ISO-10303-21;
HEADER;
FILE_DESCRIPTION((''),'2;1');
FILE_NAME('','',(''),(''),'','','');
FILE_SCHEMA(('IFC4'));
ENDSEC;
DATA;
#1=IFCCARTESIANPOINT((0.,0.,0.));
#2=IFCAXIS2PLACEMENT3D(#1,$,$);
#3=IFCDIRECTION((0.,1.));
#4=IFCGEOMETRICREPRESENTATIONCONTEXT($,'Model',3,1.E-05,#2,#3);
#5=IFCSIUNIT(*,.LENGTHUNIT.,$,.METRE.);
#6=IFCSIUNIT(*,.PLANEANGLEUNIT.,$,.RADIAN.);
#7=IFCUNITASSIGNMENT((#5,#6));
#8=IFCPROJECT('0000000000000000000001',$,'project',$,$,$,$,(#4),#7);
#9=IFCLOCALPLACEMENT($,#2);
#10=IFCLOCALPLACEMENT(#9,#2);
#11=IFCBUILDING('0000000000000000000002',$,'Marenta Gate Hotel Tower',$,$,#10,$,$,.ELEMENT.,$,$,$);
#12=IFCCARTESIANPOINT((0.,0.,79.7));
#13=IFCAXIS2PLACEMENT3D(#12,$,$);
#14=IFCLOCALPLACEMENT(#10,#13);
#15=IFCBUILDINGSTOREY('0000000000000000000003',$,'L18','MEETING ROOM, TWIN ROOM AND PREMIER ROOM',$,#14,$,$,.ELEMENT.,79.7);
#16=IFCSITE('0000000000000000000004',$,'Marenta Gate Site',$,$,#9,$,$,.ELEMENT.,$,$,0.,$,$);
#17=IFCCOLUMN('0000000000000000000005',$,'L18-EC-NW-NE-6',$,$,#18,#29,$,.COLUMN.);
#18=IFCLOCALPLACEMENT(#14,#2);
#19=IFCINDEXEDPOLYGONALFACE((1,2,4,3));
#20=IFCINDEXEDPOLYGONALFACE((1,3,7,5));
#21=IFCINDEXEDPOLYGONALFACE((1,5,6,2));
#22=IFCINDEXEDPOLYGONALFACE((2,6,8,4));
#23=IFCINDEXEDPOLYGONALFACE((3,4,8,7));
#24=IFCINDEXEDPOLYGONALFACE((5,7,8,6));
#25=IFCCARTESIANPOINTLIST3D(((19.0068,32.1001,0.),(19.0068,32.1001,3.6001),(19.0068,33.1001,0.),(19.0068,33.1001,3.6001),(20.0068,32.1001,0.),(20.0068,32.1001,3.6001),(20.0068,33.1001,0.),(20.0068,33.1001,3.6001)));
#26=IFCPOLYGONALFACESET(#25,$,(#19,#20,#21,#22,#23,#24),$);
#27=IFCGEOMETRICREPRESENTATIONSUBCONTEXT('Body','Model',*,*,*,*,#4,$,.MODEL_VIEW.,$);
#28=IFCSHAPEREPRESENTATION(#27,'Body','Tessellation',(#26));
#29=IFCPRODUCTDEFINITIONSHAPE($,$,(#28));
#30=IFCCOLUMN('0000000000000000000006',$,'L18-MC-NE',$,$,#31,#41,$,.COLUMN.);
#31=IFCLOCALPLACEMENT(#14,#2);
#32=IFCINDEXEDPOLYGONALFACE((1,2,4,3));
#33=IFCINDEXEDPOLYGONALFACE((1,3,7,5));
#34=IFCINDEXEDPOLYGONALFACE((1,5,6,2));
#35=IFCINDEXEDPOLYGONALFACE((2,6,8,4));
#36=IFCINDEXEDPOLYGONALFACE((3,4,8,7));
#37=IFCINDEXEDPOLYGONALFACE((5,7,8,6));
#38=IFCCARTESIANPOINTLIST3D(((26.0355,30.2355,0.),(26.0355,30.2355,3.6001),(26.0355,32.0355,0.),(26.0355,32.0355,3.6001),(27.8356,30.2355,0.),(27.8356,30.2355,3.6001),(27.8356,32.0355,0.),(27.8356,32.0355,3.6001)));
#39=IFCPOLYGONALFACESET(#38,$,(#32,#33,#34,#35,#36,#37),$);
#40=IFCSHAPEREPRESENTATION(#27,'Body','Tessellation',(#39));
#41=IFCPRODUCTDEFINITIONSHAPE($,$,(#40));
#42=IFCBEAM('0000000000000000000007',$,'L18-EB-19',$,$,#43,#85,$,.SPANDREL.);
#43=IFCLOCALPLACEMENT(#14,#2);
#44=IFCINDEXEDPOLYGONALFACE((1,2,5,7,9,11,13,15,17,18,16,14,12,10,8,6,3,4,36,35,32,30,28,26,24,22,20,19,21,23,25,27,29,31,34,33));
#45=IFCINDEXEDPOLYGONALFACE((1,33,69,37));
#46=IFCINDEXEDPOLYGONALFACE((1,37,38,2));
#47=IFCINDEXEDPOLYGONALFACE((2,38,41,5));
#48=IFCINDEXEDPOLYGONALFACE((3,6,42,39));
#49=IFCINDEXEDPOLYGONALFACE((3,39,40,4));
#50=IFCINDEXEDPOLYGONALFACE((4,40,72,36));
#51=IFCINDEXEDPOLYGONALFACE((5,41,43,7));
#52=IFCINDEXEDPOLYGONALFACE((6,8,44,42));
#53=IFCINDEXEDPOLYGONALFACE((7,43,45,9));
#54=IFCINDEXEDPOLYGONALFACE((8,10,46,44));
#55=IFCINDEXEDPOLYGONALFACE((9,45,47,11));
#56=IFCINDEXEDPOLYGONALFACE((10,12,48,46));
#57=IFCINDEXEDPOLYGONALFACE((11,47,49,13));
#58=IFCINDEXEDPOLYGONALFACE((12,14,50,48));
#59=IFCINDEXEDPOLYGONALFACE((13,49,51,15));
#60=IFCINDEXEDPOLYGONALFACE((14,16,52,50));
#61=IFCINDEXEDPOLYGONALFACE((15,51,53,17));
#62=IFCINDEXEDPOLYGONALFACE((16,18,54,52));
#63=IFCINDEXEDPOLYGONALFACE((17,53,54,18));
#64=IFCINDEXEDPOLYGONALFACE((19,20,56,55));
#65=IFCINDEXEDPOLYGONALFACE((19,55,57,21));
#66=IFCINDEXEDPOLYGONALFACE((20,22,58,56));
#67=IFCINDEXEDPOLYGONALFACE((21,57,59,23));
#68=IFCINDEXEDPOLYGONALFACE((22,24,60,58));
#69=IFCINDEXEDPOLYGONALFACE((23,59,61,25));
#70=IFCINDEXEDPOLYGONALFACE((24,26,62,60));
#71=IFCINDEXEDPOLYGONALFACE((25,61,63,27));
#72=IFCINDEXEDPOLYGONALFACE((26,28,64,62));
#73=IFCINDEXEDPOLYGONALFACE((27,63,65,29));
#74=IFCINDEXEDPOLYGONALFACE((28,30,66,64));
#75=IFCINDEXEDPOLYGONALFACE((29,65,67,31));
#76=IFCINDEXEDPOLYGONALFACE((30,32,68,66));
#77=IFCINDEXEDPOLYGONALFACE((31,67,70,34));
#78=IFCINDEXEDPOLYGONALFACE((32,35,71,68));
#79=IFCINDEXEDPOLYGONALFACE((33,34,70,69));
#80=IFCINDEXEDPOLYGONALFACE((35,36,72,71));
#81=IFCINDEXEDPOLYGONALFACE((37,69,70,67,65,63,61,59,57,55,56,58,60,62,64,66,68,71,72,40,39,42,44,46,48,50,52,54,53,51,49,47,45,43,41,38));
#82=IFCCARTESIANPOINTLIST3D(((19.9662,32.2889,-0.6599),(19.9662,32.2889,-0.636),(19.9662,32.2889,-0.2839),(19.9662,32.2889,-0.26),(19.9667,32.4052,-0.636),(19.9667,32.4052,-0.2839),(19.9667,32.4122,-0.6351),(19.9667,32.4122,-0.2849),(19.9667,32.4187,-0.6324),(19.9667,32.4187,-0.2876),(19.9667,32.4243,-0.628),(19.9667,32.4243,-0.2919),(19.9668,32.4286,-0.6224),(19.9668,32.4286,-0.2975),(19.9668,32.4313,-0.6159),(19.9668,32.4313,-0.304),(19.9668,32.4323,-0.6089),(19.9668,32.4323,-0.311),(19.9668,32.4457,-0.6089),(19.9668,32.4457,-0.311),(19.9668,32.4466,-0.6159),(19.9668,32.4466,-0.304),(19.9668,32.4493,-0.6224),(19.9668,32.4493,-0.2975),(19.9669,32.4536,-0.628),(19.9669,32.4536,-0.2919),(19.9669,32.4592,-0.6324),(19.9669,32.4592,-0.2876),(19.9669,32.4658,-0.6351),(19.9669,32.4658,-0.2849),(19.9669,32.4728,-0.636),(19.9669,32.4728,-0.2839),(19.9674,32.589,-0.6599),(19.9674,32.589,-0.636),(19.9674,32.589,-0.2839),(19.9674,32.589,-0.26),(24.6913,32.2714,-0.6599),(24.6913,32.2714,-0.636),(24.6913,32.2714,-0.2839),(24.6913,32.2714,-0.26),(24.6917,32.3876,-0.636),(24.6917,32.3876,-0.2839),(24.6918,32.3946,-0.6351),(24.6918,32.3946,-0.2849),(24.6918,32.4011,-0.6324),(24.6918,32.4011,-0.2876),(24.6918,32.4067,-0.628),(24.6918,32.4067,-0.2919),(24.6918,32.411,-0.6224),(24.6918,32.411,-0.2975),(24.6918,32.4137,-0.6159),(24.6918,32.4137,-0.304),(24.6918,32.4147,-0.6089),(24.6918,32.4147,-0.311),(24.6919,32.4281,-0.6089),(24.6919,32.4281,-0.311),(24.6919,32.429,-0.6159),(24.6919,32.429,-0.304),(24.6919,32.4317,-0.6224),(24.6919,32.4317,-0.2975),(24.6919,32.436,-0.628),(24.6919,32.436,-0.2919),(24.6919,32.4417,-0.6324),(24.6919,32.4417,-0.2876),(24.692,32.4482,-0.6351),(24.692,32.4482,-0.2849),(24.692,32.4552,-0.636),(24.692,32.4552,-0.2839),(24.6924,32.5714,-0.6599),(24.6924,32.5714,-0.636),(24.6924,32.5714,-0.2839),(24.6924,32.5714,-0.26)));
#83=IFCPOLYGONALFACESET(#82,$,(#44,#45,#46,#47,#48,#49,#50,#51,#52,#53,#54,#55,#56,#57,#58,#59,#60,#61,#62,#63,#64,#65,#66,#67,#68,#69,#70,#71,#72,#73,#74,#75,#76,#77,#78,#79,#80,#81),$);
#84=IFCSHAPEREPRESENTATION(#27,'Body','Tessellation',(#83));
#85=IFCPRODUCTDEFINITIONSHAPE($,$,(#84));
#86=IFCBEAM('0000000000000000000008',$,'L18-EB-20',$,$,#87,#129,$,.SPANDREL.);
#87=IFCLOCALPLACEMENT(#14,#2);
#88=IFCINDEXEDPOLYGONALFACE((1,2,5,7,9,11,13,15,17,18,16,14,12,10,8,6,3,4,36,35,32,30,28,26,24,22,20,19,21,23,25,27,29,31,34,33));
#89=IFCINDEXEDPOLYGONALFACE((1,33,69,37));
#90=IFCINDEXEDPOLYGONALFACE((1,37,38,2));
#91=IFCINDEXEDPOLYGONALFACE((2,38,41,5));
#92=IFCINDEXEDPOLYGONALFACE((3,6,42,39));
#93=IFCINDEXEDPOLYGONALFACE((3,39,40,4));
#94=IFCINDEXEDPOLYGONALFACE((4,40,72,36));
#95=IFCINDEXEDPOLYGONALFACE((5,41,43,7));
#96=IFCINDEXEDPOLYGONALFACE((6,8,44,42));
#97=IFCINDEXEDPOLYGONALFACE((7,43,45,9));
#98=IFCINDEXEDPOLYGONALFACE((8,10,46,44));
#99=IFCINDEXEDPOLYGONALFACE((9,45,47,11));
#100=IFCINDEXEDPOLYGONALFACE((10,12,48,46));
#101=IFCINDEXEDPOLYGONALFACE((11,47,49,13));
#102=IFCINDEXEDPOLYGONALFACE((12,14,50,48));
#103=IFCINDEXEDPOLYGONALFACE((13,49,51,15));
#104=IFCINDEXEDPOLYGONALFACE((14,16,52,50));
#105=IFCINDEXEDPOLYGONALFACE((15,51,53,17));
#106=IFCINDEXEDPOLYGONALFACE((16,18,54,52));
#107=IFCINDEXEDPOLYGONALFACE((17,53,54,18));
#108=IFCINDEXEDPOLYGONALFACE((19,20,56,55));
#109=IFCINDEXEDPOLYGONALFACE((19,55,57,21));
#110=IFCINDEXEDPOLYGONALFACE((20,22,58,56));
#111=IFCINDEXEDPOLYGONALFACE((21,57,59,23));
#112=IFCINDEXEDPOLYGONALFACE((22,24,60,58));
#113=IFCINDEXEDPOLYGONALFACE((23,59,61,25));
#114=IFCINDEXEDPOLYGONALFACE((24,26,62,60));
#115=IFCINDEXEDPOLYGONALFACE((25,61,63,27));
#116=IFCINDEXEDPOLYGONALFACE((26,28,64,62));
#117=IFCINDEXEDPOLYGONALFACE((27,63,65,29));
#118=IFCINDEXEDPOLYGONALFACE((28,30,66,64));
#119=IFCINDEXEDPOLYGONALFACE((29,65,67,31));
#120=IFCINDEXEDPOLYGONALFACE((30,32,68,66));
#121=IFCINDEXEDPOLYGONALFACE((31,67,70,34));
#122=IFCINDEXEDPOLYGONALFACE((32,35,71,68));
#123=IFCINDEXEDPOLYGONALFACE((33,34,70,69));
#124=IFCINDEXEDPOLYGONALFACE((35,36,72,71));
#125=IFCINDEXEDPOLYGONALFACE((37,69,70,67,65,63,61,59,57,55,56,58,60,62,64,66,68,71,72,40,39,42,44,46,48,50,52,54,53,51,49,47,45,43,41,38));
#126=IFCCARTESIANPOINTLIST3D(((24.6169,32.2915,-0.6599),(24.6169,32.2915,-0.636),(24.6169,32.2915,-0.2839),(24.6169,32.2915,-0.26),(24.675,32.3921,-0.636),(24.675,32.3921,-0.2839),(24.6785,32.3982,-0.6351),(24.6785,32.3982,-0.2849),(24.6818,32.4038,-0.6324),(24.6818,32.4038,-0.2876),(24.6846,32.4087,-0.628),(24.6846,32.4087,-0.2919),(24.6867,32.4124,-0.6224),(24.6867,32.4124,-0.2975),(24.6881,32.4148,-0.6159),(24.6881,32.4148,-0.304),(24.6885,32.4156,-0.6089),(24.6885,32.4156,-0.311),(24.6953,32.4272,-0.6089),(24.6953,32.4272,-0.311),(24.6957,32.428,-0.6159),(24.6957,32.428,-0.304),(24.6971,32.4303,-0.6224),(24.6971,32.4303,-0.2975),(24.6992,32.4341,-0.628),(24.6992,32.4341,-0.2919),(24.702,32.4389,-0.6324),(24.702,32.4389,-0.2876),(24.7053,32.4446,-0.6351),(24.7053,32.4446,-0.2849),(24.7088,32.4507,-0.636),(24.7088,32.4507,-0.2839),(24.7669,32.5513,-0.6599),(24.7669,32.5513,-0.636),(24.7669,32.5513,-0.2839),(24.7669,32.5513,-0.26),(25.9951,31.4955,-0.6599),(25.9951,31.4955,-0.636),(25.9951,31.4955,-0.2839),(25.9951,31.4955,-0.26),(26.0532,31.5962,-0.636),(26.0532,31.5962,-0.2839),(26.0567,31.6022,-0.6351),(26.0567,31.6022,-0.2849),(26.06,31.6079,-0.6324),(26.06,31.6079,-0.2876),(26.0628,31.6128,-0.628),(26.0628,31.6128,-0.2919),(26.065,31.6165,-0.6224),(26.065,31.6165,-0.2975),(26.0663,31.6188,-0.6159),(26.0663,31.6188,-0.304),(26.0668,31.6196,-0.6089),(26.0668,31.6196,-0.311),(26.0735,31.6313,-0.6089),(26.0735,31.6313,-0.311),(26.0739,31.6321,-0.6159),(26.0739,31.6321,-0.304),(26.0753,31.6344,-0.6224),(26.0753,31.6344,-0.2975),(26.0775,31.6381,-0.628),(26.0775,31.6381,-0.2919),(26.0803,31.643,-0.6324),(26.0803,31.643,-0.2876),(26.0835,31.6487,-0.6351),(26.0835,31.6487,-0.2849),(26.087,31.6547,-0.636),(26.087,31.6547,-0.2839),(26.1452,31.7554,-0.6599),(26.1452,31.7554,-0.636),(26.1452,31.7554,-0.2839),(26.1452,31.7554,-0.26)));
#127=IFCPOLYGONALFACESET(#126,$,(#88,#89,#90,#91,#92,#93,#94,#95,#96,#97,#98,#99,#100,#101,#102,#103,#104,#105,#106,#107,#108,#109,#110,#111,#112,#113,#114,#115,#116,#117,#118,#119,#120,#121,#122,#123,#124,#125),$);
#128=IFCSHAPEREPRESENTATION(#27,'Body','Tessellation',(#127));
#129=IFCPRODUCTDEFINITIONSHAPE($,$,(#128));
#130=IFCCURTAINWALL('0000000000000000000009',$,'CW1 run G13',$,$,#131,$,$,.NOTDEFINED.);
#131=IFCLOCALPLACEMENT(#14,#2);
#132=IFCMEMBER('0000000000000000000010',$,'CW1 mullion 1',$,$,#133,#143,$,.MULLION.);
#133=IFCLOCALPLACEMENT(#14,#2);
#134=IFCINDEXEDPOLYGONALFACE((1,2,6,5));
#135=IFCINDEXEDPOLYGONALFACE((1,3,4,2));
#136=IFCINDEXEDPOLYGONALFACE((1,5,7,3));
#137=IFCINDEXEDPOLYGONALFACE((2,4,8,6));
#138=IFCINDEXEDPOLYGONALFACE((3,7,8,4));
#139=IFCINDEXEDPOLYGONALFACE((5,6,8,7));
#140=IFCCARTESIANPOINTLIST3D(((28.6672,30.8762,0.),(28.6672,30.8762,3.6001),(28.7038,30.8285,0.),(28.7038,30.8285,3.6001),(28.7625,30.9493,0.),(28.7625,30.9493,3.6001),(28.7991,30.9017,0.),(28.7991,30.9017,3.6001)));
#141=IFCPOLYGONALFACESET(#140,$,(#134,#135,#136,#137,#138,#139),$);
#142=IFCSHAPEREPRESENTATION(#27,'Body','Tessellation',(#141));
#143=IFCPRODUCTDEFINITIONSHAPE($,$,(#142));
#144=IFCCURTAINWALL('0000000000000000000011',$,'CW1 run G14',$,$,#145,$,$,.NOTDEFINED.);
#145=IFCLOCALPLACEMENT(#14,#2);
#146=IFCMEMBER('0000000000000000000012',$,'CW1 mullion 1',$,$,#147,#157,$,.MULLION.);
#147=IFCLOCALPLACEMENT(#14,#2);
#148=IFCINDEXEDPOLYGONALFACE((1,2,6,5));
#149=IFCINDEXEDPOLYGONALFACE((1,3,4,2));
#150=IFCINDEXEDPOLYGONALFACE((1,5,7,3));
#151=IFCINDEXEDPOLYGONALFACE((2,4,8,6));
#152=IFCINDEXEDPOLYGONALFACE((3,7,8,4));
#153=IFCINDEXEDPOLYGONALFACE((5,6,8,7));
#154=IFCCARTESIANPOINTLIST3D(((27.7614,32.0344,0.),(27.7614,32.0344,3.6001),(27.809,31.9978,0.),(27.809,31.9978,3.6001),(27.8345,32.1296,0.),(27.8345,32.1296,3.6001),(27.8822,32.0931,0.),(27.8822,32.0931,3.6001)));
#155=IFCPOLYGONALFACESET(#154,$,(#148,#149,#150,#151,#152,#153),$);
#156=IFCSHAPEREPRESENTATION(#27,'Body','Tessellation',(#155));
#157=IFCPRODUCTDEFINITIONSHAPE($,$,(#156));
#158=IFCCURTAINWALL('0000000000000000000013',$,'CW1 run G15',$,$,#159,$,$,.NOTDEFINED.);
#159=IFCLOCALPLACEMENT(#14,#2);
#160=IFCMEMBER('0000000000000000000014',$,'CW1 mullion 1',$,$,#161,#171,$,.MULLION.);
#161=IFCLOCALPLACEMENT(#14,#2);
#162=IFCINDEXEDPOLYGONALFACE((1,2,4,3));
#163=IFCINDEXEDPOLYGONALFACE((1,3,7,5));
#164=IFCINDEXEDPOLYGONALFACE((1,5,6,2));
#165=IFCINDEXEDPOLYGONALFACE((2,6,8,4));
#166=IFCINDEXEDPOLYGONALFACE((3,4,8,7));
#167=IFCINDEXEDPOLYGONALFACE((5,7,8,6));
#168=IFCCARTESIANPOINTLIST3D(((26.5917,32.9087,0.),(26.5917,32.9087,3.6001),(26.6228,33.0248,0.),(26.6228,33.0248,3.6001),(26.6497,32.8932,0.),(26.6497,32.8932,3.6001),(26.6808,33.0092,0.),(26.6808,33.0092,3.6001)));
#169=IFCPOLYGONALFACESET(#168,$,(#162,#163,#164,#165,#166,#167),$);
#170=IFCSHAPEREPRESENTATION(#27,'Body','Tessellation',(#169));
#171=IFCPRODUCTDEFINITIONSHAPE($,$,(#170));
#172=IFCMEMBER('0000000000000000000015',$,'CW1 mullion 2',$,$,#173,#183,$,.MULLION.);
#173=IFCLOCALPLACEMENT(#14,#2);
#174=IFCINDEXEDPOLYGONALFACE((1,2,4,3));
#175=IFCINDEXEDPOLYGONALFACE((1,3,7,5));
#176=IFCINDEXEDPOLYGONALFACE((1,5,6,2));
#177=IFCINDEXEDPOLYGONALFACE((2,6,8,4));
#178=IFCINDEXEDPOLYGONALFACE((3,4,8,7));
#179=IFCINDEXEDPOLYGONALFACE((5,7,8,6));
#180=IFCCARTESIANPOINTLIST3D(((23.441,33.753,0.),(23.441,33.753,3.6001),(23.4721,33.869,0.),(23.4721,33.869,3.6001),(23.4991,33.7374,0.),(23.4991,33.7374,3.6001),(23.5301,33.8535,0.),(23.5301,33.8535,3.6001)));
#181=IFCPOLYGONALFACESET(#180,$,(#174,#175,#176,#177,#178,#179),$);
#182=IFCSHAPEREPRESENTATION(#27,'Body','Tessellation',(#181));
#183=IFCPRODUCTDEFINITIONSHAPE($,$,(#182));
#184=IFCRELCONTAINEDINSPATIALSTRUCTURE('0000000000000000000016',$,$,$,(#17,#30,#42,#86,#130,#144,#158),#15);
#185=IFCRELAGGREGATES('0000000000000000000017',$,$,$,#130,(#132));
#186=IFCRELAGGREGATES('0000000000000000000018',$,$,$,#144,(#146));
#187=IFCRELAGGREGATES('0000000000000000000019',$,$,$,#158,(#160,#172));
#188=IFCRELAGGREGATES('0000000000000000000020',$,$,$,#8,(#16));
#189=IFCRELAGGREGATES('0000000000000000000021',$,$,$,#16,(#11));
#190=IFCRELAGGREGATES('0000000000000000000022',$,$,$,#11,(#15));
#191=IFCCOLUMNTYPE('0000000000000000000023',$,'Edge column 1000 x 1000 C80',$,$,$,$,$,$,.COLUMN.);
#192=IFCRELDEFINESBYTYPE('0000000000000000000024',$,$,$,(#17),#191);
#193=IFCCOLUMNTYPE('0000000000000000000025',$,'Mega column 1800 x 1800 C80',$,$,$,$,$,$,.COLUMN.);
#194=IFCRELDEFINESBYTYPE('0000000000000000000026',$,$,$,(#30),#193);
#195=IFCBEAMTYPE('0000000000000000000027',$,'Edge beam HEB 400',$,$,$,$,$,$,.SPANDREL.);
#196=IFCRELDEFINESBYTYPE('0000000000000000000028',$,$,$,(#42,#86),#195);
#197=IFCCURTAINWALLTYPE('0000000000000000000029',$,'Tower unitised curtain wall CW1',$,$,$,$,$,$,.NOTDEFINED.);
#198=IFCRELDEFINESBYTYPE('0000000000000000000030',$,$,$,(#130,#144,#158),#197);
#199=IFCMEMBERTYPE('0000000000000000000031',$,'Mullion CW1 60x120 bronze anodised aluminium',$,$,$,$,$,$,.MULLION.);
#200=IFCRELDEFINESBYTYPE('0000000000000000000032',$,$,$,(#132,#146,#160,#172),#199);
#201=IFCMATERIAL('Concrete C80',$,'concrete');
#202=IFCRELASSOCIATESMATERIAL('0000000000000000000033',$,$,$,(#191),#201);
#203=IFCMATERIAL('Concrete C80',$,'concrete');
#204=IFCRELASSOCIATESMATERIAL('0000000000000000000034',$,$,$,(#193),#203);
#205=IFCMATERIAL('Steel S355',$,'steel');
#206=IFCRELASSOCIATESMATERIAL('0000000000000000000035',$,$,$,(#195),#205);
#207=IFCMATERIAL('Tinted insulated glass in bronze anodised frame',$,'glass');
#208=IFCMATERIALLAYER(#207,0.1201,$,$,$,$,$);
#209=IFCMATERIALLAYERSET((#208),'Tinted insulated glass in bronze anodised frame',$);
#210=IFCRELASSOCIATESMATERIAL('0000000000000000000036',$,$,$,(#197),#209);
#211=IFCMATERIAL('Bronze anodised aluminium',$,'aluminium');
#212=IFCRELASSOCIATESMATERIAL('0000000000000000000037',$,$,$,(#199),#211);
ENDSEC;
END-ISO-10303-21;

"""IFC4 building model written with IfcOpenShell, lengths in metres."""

from ifc_helpers import new_model, si_unit, direction, frame, origin, origin_2d, place, context, subcontext, project, spatial, rectangle, i_section, extrude, material, layer, layer_set, material_profile, profile_set, type_object, element, aggregate, save


model = new_model("IFC4")

# Units and contexts
model_context = context("Model", 3, precision=1e-05, world=origin(), true_north=direction((0.0, 1.0)))
body_context = subcontext(model_context, "Body", "Model", "MODEL_VIEW")
ifc_project = project(units=[si_unit("LENGTHUNIT", "METRE"), si_unit("PLANEANGLEUNIT", "RADIAN")], contexts=[model_context])

# Site, building, storey
site_placement = place(None, origin())
site = spatial("IfcSite", under=ifc_project, at=site_placement, Name="Marenta Gate Site", CompositionType="ELEMENT", RefElevation=0.0)
building_placement = place(site_placement, origin())
building = spatial("IfcBuilding", under=site, at=building_placement, Name="Marenta Gate Hotel Tower", CompositionType="ELEMENT")
storey_placement = place(building_placement, frame((0.0, 0.0, 79.7)))
storey = spatial("IfcBuildingStorey", under=building, at=storey_placement, Name="L18", Description="MEETING ROOM, TWIN ROOM AND PREMIER ROOM", CompositionType="ELEMENT", Elevation=79.7)

# Columns
ifc_material_1 = material(Name="Concrete C80", Category="concrete")
ifc_material_profile_1 = material_profile(ifc_material_1, rectangle(XDim=1.0, YDim=1.0, at=origin_2d()), Name="1000 x 1000")
ifc_profile_set_1 = profile_set([ifc_material_profile_1], Name="Concrete C80")
column_type_1 = type_object("IfcColumnType", Name="Edge column 1000 x 1000 C80", PredefinedType="COLUMN", material=ifc_profile_set_1)
column_1_placement = place(storey_placement, frame((19.5068, 32.6001, 0.0), z_axis=(0.0, 0.0, 1.0), x_axis=(1.0, 0.0, 0.0)))
element("IfcColumn", 1, at=column_1_placement, inside=storey, type_object=column_type_1, Name="L18-EC-NW-NE-6", PredefinedType="COLUMN", context=body_context, shape_type="SweptSolid", body=[
    extrude(rectangle(XDim=1.0, YDim=1.0, at=origin_2d()), origin(), (0.0, 0.0, 1.0), 3.6001),
])
ifc_material_2 = material(Name="Concrete C80", Category="concrete")
ifc_material_profile_2 = material_profile(ifc_material_2, rectangle(XDim=1.8, YDim=1.8, at=origin_2d()), Name="1800 x 1800")
ifc_profile_set_2 = profile_set([ifc_material_profile_2], Name="Concrete C80")
column_type_2 = type_object("IfcColumnType", Name="Mega column 1800 x 1800 C80", PredefinedType="COLUMN", material=ifc_profile_set_2)
column_2_placement = place(storey_placement, frame((26.9355, 31.1355, 0.0), z_axis=(0.0, 0.0, 1.0), x_axis=(1.0, 0.0, 0.0)))
element("IfcColumn", 2, at=column_2_placement, inside=storey, type_object=column_type_2, Name="L18-MC-NE", PredefinedType="COLUMN", context=body_context, shape_type="SweptSolid", body=[
    extrude(rectangle(XDim=1.8, YDim=1.8, at=origin_2d()), origin(), (0.0, 0.0, 1.0), 3.6001),
])

# Beams
ifc_material_3 = material(Name="Steel S355", Category="steel")
ifc_material_profile_3 = material_profile(ifc_material_3, i_section(OverallWidth=0.3, OverallDepth=0.3999, WebThickness=0.0134, FlangeThickness=0.0239, FilletRadius=0.0271, at=origin_2d()), Name="HEB 400")
ifc_profile_set_3 = profile_set([ifc_material_profile_3], Name="Steel S355")
beam_type = type_object("IfcBeamType", Name="Edge beam HEB 400", PredefinedType="SPANDREL", material=ifc_profile_set_3)
beam_1_placement = place(storey_placement, frame((19.9668, 32.439, -0.46), z_axis=(0.999993, -0.00372, 0.0), x_axis=(0.00372, 0.999993, 0.0)))
element("IfcBeam", 3, at=beam_1_placement, inside=storey, type_object=beam_type, Name="L18-EB-19", PredefinedType="SPANDREL", context=body_context, shape_type="SweptSolid", body=[
    extrude(i_section(OverallWidth=0.3, OverallDepth=0.3999, WebThickness=0.0134, FlangeThickness=0.0239, FilletRadius=0.0271, at=origin_2d()), origin(), (0.0, 0.0, 1.0), 4.7251),
])
beam_2_placement = place(storey_placement, frame((24.6919, 32.4214, -0.46), z_axis=(0.865968, -0.500099, 0.0), x_axis=(0.500099, 0.865968, 0.0)))
element("IfcBeam", 4, at=beam_2_placement, inside=storey, type_object=beam_type, Name="L18-EB-20", PredefinedType="SPANDREL", context=body_context, shape_type="SweptSolid", body=[
    extrude(i_section(OverallWidth=0.3, OverallDepth=0.3999, WebThickness=0.0134, FlangeThickness=0.0239, FilletRadius=0.0271, at=origin_2d()), origin(), (0.0, 0.0, 1.0), 1.5916),
])

# Curtain walls, members
ifc_material_4 = material(Name="Tinted insulated glass in bronze anodised frame", Category="glass")
ifc_layer_1 = layer(ifc_material_4, 0.1201)
ifc_layer_set_1 = layer_set([ifc_layer_1], Name="Tinted insulated glass in bronze anodised frame")
curtain_wall_type = type_object("IfcCurtainWallType", Name="Tower unitised curtain wall CW1", PredefinedType="NOTDEFINED", material=ifc_layer_set_1)
curtain_wall_1_placement = place(storey_placement, origin())
curtain_wall_1 = element("IfcCurtainWall", 5, at=curtain_wall_1_placement, inside=storey, type_object=curtain_wall_type, Name="CW1 run G13", PredefinedType="NOTDEFINED")
ifc_material_5 = material(Name="Bronze anodised aluminium", Category="aluminium")
ifc_material_profile_4 = material_profile(ifc_material_5, rectangle(XDim=0.1201, YDim=0.0601, at=origin_2d()), Name="Mullion CW1 60x120 bronze anodised aluminium")
ifc_profile_set_4 = profile_set([ifc_material_profile_4], Name="Bronze anodised aluminium")
member_type_1 = type_object("IfcMemberType", Name="Mullion CW1 60x120 bronze anodised aluminium", PredefinedType="MULLION", material=ifc_profile_set_4)
member_1_placement = place(storey_placement, frame((28.7332, 30.8889, 0.0), z_axis=(0.0, 0.0, 1.0), x_axis=(-0.793338, -0.608781, 0.0)))
member_1 = element("IfcMember", 6, at=member_1_placement, type_object=member_type_1, Name="CW1 mullion 1", PredefinedType="MULLION", context=body_context, shape_type="SweptSolid", body=[
    extrude(rectangle(XDim=0.1201, YDim=0.0601, at=origin_2d()), origin(), (0.0, 0.0, 1.0), 3.6001),
])
curtain_wall_2_placement = place(storey_placement, origin())
curtain_wall_2 = element("IfcCurtainWall", 7, at=curtain_wall_2_placement, inside=storey, type_object=curtain_wall_type, Name="CW1 run G14", PredefinedType="NOTDEFINED")
member_2_placement = place(storey_placement, frame((27.8218, 32.0637, 0.0), z_axis=(0.0, 0.0, 1.0), x_axis=(-0.608781, -0.793338, 0.0)))
member_2 = element("IfcMember", 8, at=member_2_placement, type_object=member_type_1, Name="CW1 mullion 1", PredefinedType="MULLION", context=body_context, shape_type="SweptSolid", body=[
    extrude(rectangle(XDim=0.1201, YDim=0.0601, at=origin_2d()), origin(), (0.0, 0.0, 1.0), 3.6001),
])

# Curtain wall, members
curtain_wall_3_placement = place(storey_placement, origin())
curtain_wall_3 = element("IfcCurtainWall", 9, at=curtain_wall_3_placement, inside=storey, type_object=curtain_wall_type, Name="CW1 run G15", PredefinedType="NOTDEFINED")
member_3_placement = place(storey_placement, frame((26.6362, 32.959, 0.0), z_axis=(0.0, 0.0, 1.0), x_axis=(-0.258807, -0.965929, 0.0)))
member_3 = element("IfcMember", 10, at=member_3_placement, type_object=member_type_1, Name="CW1 mullion 1", PredefinedType="MULLION", context=body_context, shape_type="SweptSolid", body=[
    extrude(rectangle(XDim=0.1201, YDim=0.0601, at=origin_2d()), origin(), (0.0, 0.0, 1.0), 3.6001),
])
member_4_placement = place(storey_placement, frame((23.4856, 33.8032, 0.0), z_axis=(0.0, 0.0, 1.0), x_axis=(-0.258807, -0.965929, 0.0)))
member_4 = element("IfcMember", 11, at=member_4_placement, type_object=member_type_1, Name="CW1 mullion 2", PredefinedType="MULLION", context=body_context, shape_type="SweptSolid", body=[
    extrude(rectangle(XDim=0.1201, YDim=0.0601, at=origin_2d()), origin(), (0.0, 0.0, 1.0), 3.6001),
])

aggregate(curtain_wall_1, [member_1])
aggregate(curtain_wall_2, [member_2])
aggregate(curtain_wall_3, [member_3, member_4])

save(model, "model.ifc")
